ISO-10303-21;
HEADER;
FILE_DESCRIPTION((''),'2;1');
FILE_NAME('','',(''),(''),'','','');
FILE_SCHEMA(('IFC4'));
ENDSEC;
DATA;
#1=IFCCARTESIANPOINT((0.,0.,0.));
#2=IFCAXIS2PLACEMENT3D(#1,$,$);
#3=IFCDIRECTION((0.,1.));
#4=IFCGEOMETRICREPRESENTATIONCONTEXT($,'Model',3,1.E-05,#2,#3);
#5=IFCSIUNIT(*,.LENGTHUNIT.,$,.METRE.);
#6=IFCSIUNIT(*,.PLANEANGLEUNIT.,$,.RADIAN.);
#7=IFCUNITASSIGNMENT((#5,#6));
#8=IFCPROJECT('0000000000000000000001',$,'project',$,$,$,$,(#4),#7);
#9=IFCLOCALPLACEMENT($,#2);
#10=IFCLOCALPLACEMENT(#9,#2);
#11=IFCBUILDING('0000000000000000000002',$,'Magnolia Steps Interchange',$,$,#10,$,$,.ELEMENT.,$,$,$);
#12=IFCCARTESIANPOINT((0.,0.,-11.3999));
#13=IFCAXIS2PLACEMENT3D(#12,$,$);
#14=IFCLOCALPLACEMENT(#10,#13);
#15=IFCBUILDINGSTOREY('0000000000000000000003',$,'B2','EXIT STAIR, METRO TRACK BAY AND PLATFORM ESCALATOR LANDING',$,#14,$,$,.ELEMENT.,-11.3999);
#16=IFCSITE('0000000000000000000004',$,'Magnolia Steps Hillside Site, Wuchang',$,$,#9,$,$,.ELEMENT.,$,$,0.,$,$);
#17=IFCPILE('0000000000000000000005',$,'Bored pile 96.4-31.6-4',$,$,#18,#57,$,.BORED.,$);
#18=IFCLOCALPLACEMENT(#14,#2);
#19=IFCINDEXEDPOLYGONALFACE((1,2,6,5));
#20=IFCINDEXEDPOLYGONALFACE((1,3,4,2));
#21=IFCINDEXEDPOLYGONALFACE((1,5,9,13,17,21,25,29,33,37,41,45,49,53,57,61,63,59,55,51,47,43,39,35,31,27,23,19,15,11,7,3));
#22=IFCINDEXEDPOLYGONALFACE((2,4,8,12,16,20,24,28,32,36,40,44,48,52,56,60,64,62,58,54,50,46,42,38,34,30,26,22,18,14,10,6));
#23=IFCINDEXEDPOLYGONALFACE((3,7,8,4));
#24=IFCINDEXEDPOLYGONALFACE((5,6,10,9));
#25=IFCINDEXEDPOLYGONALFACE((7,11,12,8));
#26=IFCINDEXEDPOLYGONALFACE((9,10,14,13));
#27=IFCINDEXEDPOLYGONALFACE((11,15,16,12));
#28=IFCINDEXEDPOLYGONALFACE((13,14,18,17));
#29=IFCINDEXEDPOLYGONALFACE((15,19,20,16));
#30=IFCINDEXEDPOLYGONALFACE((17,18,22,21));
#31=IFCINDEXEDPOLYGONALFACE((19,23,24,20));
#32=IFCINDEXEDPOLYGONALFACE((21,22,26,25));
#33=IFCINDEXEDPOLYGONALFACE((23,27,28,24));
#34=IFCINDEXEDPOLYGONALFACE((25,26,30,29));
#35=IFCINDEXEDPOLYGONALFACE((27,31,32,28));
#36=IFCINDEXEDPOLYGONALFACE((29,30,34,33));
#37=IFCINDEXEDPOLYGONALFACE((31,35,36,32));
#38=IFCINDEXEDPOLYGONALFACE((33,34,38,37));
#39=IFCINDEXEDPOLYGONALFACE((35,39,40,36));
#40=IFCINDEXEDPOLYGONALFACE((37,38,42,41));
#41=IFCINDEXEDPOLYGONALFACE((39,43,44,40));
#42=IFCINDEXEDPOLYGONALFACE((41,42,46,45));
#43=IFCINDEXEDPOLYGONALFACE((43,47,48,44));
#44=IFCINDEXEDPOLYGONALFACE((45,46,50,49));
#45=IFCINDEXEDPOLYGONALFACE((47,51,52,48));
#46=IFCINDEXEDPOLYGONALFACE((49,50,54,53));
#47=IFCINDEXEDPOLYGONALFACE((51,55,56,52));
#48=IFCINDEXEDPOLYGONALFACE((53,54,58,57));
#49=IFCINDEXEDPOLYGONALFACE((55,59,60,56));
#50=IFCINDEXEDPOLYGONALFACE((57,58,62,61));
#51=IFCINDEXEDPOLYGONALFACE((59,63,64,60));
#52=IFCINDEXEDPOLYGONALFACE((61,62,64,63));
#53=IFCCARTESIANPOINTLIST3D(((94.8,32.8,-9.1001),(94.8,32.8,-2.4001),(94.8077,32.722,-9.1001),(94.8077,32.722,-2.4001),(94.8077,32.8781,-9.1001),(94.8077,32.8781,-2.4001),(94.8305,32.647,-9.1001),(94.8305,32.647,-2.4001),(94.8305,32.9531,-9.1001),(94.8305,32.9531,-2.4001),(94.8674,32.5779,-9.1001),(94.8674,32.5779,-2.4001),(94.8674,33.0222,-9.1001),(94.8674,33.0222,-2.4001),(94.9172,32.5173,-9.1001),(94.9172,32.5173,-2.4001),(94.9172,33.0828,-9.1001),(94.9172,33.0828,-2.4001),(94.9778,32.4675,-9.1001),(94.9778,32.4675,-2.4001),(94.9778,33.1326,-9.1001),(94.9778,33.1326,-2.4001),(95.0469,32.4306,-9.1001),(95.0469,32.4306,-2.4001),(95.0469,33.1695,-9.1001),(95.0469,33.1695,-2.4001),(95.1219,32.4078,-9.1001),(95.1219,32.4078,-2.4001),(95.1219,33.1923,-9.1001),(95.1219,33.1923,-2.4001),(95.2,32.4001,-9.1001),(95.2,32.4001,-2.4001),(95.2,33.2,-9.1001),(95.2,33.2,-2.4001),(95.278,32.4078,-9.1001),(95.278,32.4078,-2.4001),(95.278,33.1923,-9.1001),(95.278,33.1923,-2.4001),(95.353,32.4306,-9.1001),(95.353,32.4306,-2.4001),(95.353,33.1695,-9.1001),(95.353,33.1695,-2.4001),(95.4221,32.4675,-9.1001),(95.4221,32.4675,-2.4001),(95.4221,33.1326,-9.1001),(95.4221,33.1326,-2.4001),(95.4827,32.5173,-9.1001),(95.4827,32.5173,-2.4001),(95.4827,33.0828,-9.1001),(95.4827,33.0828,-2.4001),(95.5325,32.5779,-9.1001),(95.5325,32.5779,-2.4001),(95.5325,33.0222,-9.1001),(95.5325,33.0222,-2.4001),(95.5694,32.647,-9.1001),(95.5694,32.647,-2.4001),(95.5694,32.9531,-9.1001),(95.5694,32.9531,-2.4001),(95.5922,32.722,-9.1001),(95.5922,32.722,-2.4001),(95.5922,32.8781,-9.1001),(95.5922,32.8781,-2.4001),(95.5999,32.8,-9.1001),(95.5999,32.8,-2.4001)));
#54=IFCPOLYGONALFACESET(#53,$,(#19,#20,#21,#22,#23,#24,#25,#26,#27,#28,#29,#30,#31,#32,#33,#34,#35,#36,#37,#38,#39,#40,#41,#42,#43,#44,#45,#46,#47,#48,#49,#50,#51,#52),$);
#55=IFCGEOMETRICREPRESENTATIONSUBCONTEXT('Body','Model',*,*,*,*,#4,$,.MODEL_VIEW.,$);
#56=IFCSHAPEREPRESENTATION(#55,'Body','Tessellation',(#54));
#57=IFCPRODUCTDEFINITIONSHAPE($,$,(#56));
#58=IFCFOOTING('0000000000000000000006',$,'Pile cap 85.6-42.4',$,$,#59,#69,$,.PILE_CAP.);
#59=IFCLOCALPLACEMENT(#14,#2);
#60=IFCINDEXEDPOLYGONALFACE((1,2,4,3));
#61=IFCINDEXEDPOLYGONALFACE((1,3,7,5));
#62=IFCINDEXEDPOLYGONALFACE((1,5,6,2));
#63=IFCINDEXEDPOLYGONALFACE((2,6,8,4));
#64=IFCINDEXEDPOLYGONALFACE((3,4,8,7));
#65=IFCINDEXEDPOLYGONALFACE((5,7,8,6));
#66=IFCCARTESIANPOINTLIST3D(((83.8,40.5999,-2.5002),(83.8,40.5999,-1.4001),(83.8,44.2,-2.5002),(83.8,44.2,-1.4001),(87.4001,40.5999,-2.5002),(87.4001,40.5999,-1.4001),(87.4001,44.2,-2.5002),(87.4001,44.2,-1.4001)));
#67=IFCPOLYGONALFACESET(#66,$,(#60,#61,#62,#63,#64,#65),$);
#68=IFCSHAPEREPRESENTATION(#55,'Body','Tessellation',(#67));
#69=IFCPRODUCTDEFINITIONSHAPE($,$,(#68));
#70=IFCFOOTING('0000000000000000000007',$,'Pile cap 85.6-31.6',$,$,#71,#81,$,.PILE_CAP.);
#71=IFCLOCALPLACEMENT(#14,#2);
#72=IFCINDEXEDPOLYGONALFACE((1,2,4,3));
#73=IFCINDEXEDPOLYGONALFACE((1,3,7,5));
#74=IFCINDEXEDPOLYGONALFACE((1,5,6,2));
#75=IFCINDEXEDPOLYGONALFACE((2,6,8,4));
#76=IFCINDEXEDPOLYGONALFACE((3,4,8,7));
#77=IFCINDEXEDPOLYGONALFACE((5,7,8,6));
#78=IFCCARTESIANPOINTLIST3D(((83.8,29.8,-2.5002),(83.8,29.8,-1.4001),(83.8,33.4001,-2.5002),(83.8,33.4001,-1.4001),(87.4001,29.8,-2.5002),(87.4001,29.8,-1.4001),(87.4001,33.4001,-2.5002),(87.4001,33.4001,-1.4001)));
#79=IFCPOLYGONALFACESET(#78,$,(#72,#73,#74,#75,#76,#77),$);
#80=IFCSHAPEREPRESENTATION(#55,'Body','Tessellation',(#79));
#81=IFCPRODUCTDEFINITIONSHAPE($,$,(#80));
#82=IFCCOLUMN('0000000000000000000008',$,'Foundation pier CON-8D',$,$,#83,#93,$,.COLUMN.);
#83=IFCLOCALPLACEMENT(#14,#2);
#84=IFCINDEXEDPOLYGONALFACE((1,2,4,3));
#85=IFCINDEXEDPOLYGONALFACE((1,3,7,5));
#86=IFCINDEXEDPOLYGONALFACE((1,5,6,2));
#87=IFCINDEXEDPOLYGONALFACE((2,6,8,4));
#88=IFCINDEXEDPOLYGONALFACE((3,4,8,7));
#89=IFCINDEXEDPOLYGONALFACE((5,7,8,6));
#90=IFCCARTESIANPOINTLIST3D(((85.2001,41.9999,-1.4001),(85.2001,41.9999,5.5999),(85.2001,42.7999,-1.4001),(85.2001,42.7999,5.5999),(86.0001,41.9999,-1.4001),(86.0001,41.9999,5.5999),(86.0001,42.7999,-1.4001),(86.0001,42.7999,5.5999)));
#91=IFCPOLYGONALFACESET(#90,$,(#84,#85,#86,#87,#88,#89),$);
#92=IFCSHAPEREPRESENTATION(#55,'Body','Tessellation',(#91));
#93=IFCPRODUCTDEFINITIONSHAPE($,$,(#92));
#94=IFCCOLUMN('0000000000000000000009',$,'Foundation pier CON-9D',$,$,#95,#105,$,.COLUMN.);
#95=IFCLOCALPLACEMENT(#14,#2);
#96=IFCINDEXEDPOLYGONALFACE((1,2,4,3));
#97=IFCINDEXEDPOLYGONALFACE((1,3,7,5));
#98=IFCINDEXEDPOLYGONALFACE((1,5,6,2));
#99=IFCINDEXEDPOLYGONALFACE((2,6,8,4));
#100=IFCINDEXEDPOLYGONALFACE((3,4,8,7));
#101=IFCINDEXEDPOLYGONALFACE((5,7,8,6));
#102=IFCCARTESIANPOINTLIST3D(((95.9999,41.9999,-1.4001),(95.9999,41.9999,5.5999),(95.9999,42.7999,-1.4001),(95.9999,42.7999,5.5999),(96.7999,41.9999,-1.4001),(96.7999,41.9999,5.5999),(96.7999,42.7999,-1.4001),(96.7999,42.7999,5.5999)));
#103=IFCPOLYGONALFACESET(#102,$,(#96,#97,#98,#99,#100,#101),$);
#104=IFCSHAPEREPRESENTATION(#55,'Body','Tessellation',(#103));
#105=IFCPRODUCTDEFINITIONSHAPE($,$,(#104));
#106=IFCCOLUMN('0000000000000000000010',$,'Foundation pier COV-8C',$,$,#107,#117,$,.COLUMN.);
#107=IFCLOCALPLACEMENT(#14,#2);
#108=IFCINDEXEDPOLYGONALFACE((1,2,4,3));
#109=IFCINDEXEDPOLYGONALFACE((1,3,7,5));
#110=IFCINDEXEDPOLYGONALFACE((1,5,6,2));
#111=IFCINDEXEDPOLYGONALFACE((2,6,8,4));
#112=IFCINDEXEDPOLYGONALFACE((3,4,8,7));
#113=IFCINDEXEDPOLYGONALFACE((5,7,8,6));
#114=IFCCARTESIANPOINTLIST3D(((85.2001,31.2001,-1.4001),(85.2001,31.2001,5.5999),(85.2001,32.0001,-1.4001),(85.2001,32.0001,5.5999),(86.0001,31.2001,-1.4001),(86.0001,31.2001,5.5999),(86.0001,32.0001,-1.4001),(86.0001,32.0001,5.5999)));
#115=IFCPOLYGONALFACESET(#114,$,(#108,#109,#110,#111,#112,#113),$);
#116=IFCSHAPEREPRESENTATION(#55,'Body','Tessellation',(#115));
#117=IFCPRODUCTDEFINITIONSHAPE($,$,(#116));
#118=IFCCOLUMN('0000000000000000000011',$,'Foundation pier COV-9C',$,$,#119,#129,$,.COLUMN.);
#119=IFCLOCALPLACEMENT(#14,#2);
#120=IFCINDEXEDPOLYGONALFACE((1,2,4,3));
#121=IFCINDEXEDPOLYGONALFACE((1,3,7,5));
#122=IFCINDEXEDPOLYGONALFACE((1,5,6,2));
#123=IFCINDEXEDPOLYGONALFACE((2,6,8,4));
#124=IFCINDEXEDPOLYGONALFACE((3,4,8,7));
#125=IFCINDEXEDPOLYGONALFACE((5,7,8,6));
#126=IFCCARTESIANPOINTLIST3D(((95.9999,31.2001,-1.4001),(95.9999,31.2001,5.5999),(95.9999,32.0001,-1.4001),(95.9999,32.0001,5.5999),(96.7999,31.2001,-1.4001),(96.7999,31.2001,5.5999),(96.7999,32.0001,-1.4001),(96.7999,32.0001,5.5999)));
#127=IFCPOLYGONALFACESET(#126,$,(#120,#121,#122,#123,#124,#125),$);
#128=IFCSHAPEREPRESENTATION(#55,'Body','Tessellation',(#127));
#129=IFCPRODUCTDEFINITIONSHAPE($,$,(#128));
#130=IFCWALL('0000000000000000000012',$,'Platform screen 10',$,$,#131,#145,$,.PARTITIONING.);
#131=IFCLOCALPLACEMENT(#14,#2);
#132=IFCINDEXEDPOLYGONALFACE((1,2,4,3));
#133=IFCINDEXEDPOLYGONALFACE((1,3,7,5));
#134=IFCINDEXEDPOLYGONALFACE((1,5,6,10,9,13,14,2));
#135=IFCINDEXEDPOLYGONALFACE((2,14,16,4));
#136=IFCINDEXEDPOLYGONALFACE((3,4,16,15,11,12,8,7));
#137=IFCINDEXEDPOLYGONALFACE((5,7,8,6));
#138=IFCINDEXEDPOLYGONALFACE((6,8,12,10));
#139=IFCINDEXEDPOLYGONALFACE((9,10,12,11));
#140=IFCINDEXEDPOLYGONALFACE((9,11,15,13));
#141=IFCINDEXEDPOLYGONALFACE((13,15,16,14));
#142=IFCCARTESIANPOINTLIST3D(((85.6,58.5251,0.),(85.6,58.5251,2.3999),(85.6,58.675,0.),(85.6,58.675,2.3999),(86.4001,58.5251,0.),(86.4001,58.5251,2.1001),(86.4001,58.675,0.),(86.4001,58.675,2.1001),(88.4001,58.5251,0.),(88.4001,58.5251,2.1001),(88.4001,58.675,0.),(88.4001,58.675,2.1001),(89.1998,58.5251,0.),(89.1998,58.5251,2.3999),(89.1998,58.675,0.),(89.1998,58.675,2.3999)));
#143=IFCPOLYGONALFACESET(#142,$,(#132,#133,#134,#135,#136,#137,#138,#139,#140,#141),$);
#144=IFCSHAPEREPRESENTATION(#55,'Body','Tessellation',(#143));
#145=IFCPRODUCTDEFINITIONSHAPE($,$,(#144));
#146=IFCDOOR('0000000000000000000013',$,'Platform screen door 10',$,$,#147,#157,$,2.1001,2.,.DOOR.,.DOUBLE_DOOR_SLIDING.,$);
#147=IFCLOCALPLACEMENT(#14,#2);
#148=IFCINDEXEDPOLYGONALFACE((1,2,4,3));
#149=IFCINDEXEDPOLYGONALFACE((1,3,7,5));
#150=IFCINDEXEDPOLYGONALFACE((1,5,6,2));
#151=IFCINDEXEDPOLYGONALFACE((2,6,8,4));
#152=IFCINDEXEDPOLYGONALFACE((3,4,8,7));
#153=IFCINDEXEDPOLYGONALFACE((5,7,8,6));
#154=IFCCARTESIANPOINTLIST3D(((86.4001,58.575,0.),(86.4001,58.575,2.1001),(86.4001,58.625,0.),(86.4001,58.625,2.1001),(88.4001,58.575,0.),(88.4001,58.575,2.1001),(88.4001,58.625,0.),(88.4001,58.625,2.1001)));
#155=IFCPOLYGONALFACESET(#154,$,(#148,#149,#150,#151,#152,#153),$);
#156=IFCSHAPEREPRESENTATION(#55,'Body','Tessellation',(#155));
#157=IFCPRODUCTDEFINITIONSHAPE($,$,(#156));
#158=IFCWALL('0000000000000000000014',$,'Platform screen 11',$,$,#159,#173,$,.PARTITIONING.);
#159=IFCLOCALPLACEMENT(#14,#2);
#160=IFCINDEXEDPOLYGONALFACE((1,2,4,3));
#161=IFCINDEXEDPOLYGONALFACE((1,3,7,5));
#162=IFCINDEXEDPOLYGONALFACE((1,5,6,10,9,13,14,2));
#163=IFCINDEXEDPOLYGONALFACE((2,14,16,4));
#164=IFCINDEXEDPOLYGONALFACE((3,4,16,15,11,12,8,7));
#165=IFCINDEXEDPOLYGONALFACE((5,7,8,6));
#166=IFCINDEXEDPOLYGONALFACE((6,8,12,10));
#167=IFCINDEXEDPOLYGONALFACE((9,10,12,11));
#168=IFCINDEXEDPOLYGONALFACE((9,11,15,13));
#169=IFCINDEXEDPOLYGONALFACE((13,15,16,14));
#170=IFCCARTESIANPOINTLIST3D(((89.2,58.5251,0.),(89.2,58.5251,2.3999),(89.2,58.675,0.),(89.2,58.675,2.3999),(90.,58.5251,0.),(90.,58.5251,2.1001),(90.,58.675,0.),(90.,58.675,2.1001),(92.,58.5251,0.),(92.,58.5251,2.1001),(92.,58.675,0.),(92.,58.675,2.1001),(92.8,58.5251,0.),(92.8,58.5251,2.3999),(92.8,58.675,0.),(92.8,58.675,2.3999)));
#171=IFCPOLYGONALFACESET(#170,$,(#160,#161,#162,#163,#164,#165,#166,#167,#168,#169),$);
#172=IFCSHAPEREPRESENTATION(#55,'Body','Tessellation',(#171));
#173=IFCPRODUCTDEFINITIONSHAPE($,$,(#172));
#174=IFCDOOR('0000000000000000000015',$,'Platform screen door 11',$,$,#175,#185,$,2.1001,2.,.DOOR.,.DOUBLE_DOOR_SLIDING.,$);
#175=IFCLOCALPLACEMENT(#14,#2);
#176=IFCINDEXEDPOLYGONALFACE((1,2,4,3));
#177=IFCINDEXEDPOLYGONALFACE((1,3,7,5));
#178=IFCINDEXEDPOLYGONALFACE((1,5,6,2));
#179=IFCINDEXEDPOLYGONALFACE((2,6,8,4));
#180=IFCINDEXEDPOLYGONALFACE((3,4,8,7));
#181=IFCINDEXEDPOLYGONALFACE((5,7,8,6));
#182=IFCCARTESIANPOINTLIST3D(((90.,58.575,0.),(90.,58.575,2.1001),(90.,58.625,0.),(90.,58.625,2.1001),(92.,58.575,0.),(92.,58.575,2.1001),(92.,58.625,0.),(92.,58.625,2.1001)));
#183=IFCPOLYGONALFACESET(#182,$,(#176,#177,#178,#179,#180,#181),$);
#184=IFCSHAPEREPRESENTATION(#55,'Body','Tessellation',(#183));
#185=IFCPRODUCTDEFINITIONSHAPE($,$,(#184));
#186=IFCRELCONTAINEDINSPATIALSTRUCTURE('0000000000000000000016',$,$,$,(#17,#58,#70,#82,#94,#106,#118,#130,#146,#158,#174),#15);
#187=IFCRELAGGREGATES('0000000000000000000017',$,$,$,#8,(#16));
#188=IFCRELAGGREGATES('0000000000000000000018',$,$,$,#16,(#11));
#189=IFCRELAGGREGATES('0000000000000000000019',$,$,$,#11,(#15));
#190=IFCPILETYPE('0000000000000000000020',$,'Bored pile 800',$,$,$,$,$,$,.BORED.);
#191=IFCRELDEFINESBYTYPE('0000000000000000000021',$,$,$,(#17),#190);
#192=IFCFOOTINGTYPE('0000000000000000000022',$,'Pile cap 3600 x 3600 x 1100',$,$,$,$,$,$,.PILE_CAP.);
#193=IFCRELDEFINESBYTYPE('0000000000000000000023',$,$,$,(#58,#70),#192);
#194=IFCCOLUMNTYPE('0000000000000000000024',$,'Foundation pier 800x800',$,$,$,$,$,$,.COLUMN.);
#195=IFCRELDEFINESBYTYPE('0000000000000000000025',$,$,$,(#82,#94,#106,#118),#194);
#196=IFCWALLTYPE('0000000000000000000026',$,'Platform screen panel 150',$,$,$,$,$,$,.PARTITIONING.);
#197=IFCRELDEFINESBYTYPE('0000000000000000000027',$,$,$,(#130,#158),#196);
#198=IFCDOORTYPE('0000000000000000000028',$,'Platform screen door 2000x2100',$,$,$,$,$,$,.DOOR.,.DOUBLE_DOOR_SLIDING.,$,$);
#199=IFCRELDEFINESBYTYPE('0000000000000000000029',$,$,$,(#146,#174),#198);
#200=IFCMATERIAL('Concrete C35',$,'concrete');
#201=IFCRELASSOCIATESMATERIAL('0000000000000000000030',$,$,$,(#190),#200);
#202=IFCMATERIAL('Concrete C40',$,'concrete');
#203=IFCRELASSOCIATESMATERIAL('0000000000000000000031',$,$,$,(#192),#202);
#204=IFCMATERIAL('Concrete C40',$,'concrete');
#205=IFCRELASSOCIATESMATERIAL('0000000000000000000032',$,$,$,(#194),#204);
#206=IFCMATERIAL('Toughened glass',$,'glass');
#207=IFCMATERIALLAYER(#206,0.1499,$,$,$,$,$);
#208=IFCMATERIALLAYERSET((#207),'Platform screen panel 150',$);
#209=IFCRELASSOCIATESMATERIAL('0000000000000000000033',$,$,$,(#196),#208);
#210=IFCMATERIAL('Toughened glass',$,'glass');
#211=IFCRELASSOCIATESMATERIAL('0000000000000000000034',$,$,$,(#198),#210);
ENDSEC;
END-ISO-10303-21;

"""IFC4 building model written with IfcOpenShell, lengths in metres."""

from ifc_helpers import new_model, si_unit, direction, frame, frame_2d, origin, origin_2d, place, context, subcontext, project, spatial, rectangle, circle, extrude, material, layer, layer_set, material_profile, profile_set, type_object, element, fill, save


model = new_model("IFC4")

# Units and contexts
model_context = context("Model", 3, precision=1e-05, world=origin(), true_north=direction((0.0, 1.0)))
body_context = subcontext(model_context, "Body", "Model", "MODEL_VIEW")
ifc_project = project(units=[si_unit("LENGTHUNIT", "METRE"), si_unit("PLANEANGLEUNIT", "RADIAN")], contexts=[model_context])

# Site, building, storey
site_placement = place(None, origin())
site = spatial("IfcSite", under=ifc_project, at=site_placement, Name="Magnolia Steps Hillside Site, Wuchang", CompositionType="ELEMENT", RefElevation=0.0)
building_placement = place(site_placement, origin())
building = spatial("IfcBuilding", under=site, at=building_placement, Name="Magnolia Steps Interchange", CompositionType="ELEMENT")
storey_placement = place(building_placement, frame((0.0, 0.0, -11.3999)))
storey = spatial("IfcBuildingStorey", under=building, at=storey_placement, Name="B2", Description="EXIT STAIR, METRO TRACK BAY AND PLATFORM ESCALATOR LANDING", CompositionType="ELEMENT", Elevation=-11.3999)

# Pile
ifc_material_1 = material(Name="Concrete C35", Category="concrete")
ifc_material_profile_1 = material_profile(ifc_material_1, circle(Radius=0.3999, at=origin_2d()), Name="Bored pile 800")
ifc_profile_set_1 = profile_set([ifc_material_profile_1], Name="Concrete C35")
pile_type_1 = type_object("IfcPileType", Name="Bored pile 800", PredefinedType="BORED", material=ifc_profile_set_1)
for number, where, z_axis, x_axis, name in (
    (1, (95.2, 32.8, -2.4001), (0.0, 0.0, -1.0), (1.0, 0.0, 0.0), "Bored pile 96.4-31.6-4"),
):
    element("IfcPile", number, at=place(storey_placement, frame(where, z_axis=z_axis, x_axis=x_axis)), inside=storey, type_object=pile_type_1, Name=name, PredefinedType="BORED", context=body_context, shape_type="SweptSolid", body=[
        extrude(circle(Radius=0.3999, at=origin_2d()), origin(), (0.0, 0.0, 1.0), 6.7),
    ])

# Footings
ifc_material_2 = material(Name="Concrete C40", Category="concrete")
footing_type = type_object("IfcFootingType", Name="Pile cap 3600 x 3600 x 1100", PredefinedType="PILE_CAP", material=ifc_material_2)
for number, where, z_axis, x_axis, name in (
    (2, (85.6001, 42.3999, -2.5002), (0.0, 0.0, 1.0), (1.0, 0.0, 0.0), "Pile cap 85.6-42.4"),
    (3, (85.6001, 31.6001, -2.5002), (0.0, 0.0, 1.0), (1.0, 0.0, 0.0), "Pile cap 85.6-31.6"),
):
    element("IfcFooting", number, at=place(storey_placement, frame(where, z_axis=z_axis, x_axis=x_axis)), inside=storey, type_object=footing_type, Name=name, PredefinedType="PILE_CAP", context=body_context, shape_type="SweptSolid", body=[
        extrude(rectangle(XDim=3.6001, YDim=3.6001, at=origin_2d()), origin(), (0.0, 0.0, 1.0), 1.1001),
    ])

# Columns
ifc_material_3 = material(Name="Concrete C40", Category="concrete")
ifc_material_profile_2 = material_profile(ifc_material_3, rectangle(XDim=0.8, YDim=0.8, at=origin_2d()), Name="RC800x800")
ifc_profile_set_2 = profile_set([ifc_material_profile_2], Name="Concrete C40")
column_type = type_object("IfcColumnType", Name="Foundation pier 800x800", PredefinedType="COLUMN", material=ifc_profile_set_2)
for number, where, z_axis, x_axis, name in (
    (4, (85.6001, 42.3999, -1.4001), (0.0, 0.0, 1.0), (1.0, 0.0, 0.0), "Foundation pier CON-8D"),
    (5, (96.3999, 42.3999, -1.4001), (0.0, 0.0, 1.0), (1.0, 0.0, 0.0), "Foundation pier CON-9D"),
    (6, (85.6001, 31.6001, -1.4001), (0.0, 0.0, 1.0), (1.0, 0.0, 0.0), "Foundation pier COV-8C"),
    (7, (96.3999, 31.6001, -1.4001), (0.0, 0.0, 1.0), (1.0, 0.0, 0.0), "Foundation pier COV-9C"),
):
    element("IfcColumn", number, at=place(storey_placement, frame(where, z_axis=z_axis, x_axis=x_axis)), inside=storey, type_object=column_type, Name=name, PredefinedType="COLUMN", context=body_context, shape_type="SweptSolid", body=[
        extrude(rectangle(XDim=0.8, YDim=0.8, at=origin_2d()), origin(), (0.0, 0.0, 1.0), 7.0),
    ])

# Walls, openings, doors
ifc_material_4 = material(Name="Toughened glass", Category="glass")
ifc_layer = layer(ifc_material_4, 0.1499)
ifc_layer_set = layer_set([ifc_layer], Name="Platform screen panel 150")
wall_type = type_object("IfcWallType", Name="Platform screen panel 150", PredefinedType="PARTITIONING", material=ifc_layer_set)
wall_1_placement = place(storey_placement, frame((85.6001, 58.6001, 0.0), z_axis=(0.0, 0.0, 1.0), x_axis=(1.0, 0.0, 0.0)))
wall_1 = element("IfcWall", 8, at=wall_1_placement, inside=storey, type_object=wall_type, Name="Platform screen 10", PredefinedType="PARTITIONING", context=body_context, shape_type="SweptSolid", body=[
    extrude(rectangle(XDim=3.5999, YDim=0.1499, at=frame_2d((1.7998, 0.0))), origin(), (0.0, 0.0, 1.0), 2.3999),
])
opening_1_placement = place(wall_1_placement, frame((0.8, 0.0, 0.0)))
opening_1 = element("IfcOpeningElement", 9, at=opening_1_placement, cuts=wall_1, PredefinedType="OPENING", context=body_context, shape_type="SweptSolid", body=[
    extrude(rectangle(XDim=2.0, YDim=2.1001, at=frame_2d((1.0, 1.05))), frame((0.0, 0.085, 0.0), z_axis=(0.0, -1.0, 0.0), x_axis=(1.0, 0.0, 0.0)), (0.0, 0.0, 1.0), 0.1699),
])
ifc_material_5 = material(Name="Toughened glass", Category="glass")
door_type = type_object("IfcDoorType", Name="Platform screen door 2000x2100", OperationType="DOUBLE_DOOR_SLIDING", PredefinedType="DOOR", material=ifc_material_5)
door_1_placement = place(opening_1_placement, origin())
door_1 = element("IfcDoor", 10, at=door_1_placement, inside=storey, type_object=door_type, Name="Platform screen door 10", OperationType="DOUBLE_DOOR_SLIDING", OverallHeight=2.1001, OverallWidth=2.0, PredefinedType="DOOR", context=body_context, shape_type="SweptSolid", body=[
    extrude(rectangle(XDim=2.0, YDim=2.1001, at=frame_2d((1.0, 1.05))), frame((0.0, 0.0249, 0.0), z_axis=(0.0, -1.0, 0.0), x_axis=(1.0, 0.0, 0.0)), (0.0, 0.0, 1.0), 0.05),
])
fill(opening_1, door_1)
wall_2_placement = place(storey_placement, frame((89.2, 58.6001, 0.0), z_axis=(0.0, 0.0, 1.0), x_axis=(1.0, 0.0, 0.0)))
wall_2 = element("IfcWall", 11, at=wall_2_placement, inside=storey, type_object=wall_type, Name="Platform screen 11", PredefinedType="PARTITIONING", context=body_context, shape_type="SweptSolid", body=[
    extrude(rectangle(XDim=3.6001, YDim=0.1499, at=frame_2d((1.8, 0.0))), origin(), (0.0, 0.0, 1.0), 2.3999),
])
opening_2_placement = place(wall_2_placement, frame((0.8, 0.0, 0.0)))
opening_2 = element("IfcOpeningElement", 12, at=opening_2_placement, cuts=wall_2, PredefinedType="OPENING", context=body_context, shape_type="SweptSolid", body=[
    extrude(rectangle(XDim=2.0, YDim=2.1001, at=frame_2d((1.0, 1.05))), frame((0.0, 0.085, 0.0), z_axis=(0.0, -1.0, 0.0), x_axis=(1.0, 0.0, 0.0)), (0.0, 0.0, 1.0), 0.1699),
])
door_2_placement = place(opening_2_placement, origin())
door_2 = element("IfcDoor", 13, at=door_2_placement, inside=storey, type_object=door_type, Name="Platform screen door 11", OperationType="DOUBLE_DOOR_SLIDING", OverallHeight=2.1001, OverallWidth=2.0, PredefinedType="DOOR", context=body_context, shape_type="SweptSolid", body=[
    extrude(rectangle(XDim=2.0, YDim=2.1001, at=frame_2d((1.0, 1.05))), frame((0.0, 0.0249, 0.0), z_axis=(0.0, -1.0, 0.0), x_axis=(1.0, 0.0, 0.0)), (0.0, 0.0, 1.0), 0.05),
])
fill(opening_2, door_2)

save(model, "model.ifc")
